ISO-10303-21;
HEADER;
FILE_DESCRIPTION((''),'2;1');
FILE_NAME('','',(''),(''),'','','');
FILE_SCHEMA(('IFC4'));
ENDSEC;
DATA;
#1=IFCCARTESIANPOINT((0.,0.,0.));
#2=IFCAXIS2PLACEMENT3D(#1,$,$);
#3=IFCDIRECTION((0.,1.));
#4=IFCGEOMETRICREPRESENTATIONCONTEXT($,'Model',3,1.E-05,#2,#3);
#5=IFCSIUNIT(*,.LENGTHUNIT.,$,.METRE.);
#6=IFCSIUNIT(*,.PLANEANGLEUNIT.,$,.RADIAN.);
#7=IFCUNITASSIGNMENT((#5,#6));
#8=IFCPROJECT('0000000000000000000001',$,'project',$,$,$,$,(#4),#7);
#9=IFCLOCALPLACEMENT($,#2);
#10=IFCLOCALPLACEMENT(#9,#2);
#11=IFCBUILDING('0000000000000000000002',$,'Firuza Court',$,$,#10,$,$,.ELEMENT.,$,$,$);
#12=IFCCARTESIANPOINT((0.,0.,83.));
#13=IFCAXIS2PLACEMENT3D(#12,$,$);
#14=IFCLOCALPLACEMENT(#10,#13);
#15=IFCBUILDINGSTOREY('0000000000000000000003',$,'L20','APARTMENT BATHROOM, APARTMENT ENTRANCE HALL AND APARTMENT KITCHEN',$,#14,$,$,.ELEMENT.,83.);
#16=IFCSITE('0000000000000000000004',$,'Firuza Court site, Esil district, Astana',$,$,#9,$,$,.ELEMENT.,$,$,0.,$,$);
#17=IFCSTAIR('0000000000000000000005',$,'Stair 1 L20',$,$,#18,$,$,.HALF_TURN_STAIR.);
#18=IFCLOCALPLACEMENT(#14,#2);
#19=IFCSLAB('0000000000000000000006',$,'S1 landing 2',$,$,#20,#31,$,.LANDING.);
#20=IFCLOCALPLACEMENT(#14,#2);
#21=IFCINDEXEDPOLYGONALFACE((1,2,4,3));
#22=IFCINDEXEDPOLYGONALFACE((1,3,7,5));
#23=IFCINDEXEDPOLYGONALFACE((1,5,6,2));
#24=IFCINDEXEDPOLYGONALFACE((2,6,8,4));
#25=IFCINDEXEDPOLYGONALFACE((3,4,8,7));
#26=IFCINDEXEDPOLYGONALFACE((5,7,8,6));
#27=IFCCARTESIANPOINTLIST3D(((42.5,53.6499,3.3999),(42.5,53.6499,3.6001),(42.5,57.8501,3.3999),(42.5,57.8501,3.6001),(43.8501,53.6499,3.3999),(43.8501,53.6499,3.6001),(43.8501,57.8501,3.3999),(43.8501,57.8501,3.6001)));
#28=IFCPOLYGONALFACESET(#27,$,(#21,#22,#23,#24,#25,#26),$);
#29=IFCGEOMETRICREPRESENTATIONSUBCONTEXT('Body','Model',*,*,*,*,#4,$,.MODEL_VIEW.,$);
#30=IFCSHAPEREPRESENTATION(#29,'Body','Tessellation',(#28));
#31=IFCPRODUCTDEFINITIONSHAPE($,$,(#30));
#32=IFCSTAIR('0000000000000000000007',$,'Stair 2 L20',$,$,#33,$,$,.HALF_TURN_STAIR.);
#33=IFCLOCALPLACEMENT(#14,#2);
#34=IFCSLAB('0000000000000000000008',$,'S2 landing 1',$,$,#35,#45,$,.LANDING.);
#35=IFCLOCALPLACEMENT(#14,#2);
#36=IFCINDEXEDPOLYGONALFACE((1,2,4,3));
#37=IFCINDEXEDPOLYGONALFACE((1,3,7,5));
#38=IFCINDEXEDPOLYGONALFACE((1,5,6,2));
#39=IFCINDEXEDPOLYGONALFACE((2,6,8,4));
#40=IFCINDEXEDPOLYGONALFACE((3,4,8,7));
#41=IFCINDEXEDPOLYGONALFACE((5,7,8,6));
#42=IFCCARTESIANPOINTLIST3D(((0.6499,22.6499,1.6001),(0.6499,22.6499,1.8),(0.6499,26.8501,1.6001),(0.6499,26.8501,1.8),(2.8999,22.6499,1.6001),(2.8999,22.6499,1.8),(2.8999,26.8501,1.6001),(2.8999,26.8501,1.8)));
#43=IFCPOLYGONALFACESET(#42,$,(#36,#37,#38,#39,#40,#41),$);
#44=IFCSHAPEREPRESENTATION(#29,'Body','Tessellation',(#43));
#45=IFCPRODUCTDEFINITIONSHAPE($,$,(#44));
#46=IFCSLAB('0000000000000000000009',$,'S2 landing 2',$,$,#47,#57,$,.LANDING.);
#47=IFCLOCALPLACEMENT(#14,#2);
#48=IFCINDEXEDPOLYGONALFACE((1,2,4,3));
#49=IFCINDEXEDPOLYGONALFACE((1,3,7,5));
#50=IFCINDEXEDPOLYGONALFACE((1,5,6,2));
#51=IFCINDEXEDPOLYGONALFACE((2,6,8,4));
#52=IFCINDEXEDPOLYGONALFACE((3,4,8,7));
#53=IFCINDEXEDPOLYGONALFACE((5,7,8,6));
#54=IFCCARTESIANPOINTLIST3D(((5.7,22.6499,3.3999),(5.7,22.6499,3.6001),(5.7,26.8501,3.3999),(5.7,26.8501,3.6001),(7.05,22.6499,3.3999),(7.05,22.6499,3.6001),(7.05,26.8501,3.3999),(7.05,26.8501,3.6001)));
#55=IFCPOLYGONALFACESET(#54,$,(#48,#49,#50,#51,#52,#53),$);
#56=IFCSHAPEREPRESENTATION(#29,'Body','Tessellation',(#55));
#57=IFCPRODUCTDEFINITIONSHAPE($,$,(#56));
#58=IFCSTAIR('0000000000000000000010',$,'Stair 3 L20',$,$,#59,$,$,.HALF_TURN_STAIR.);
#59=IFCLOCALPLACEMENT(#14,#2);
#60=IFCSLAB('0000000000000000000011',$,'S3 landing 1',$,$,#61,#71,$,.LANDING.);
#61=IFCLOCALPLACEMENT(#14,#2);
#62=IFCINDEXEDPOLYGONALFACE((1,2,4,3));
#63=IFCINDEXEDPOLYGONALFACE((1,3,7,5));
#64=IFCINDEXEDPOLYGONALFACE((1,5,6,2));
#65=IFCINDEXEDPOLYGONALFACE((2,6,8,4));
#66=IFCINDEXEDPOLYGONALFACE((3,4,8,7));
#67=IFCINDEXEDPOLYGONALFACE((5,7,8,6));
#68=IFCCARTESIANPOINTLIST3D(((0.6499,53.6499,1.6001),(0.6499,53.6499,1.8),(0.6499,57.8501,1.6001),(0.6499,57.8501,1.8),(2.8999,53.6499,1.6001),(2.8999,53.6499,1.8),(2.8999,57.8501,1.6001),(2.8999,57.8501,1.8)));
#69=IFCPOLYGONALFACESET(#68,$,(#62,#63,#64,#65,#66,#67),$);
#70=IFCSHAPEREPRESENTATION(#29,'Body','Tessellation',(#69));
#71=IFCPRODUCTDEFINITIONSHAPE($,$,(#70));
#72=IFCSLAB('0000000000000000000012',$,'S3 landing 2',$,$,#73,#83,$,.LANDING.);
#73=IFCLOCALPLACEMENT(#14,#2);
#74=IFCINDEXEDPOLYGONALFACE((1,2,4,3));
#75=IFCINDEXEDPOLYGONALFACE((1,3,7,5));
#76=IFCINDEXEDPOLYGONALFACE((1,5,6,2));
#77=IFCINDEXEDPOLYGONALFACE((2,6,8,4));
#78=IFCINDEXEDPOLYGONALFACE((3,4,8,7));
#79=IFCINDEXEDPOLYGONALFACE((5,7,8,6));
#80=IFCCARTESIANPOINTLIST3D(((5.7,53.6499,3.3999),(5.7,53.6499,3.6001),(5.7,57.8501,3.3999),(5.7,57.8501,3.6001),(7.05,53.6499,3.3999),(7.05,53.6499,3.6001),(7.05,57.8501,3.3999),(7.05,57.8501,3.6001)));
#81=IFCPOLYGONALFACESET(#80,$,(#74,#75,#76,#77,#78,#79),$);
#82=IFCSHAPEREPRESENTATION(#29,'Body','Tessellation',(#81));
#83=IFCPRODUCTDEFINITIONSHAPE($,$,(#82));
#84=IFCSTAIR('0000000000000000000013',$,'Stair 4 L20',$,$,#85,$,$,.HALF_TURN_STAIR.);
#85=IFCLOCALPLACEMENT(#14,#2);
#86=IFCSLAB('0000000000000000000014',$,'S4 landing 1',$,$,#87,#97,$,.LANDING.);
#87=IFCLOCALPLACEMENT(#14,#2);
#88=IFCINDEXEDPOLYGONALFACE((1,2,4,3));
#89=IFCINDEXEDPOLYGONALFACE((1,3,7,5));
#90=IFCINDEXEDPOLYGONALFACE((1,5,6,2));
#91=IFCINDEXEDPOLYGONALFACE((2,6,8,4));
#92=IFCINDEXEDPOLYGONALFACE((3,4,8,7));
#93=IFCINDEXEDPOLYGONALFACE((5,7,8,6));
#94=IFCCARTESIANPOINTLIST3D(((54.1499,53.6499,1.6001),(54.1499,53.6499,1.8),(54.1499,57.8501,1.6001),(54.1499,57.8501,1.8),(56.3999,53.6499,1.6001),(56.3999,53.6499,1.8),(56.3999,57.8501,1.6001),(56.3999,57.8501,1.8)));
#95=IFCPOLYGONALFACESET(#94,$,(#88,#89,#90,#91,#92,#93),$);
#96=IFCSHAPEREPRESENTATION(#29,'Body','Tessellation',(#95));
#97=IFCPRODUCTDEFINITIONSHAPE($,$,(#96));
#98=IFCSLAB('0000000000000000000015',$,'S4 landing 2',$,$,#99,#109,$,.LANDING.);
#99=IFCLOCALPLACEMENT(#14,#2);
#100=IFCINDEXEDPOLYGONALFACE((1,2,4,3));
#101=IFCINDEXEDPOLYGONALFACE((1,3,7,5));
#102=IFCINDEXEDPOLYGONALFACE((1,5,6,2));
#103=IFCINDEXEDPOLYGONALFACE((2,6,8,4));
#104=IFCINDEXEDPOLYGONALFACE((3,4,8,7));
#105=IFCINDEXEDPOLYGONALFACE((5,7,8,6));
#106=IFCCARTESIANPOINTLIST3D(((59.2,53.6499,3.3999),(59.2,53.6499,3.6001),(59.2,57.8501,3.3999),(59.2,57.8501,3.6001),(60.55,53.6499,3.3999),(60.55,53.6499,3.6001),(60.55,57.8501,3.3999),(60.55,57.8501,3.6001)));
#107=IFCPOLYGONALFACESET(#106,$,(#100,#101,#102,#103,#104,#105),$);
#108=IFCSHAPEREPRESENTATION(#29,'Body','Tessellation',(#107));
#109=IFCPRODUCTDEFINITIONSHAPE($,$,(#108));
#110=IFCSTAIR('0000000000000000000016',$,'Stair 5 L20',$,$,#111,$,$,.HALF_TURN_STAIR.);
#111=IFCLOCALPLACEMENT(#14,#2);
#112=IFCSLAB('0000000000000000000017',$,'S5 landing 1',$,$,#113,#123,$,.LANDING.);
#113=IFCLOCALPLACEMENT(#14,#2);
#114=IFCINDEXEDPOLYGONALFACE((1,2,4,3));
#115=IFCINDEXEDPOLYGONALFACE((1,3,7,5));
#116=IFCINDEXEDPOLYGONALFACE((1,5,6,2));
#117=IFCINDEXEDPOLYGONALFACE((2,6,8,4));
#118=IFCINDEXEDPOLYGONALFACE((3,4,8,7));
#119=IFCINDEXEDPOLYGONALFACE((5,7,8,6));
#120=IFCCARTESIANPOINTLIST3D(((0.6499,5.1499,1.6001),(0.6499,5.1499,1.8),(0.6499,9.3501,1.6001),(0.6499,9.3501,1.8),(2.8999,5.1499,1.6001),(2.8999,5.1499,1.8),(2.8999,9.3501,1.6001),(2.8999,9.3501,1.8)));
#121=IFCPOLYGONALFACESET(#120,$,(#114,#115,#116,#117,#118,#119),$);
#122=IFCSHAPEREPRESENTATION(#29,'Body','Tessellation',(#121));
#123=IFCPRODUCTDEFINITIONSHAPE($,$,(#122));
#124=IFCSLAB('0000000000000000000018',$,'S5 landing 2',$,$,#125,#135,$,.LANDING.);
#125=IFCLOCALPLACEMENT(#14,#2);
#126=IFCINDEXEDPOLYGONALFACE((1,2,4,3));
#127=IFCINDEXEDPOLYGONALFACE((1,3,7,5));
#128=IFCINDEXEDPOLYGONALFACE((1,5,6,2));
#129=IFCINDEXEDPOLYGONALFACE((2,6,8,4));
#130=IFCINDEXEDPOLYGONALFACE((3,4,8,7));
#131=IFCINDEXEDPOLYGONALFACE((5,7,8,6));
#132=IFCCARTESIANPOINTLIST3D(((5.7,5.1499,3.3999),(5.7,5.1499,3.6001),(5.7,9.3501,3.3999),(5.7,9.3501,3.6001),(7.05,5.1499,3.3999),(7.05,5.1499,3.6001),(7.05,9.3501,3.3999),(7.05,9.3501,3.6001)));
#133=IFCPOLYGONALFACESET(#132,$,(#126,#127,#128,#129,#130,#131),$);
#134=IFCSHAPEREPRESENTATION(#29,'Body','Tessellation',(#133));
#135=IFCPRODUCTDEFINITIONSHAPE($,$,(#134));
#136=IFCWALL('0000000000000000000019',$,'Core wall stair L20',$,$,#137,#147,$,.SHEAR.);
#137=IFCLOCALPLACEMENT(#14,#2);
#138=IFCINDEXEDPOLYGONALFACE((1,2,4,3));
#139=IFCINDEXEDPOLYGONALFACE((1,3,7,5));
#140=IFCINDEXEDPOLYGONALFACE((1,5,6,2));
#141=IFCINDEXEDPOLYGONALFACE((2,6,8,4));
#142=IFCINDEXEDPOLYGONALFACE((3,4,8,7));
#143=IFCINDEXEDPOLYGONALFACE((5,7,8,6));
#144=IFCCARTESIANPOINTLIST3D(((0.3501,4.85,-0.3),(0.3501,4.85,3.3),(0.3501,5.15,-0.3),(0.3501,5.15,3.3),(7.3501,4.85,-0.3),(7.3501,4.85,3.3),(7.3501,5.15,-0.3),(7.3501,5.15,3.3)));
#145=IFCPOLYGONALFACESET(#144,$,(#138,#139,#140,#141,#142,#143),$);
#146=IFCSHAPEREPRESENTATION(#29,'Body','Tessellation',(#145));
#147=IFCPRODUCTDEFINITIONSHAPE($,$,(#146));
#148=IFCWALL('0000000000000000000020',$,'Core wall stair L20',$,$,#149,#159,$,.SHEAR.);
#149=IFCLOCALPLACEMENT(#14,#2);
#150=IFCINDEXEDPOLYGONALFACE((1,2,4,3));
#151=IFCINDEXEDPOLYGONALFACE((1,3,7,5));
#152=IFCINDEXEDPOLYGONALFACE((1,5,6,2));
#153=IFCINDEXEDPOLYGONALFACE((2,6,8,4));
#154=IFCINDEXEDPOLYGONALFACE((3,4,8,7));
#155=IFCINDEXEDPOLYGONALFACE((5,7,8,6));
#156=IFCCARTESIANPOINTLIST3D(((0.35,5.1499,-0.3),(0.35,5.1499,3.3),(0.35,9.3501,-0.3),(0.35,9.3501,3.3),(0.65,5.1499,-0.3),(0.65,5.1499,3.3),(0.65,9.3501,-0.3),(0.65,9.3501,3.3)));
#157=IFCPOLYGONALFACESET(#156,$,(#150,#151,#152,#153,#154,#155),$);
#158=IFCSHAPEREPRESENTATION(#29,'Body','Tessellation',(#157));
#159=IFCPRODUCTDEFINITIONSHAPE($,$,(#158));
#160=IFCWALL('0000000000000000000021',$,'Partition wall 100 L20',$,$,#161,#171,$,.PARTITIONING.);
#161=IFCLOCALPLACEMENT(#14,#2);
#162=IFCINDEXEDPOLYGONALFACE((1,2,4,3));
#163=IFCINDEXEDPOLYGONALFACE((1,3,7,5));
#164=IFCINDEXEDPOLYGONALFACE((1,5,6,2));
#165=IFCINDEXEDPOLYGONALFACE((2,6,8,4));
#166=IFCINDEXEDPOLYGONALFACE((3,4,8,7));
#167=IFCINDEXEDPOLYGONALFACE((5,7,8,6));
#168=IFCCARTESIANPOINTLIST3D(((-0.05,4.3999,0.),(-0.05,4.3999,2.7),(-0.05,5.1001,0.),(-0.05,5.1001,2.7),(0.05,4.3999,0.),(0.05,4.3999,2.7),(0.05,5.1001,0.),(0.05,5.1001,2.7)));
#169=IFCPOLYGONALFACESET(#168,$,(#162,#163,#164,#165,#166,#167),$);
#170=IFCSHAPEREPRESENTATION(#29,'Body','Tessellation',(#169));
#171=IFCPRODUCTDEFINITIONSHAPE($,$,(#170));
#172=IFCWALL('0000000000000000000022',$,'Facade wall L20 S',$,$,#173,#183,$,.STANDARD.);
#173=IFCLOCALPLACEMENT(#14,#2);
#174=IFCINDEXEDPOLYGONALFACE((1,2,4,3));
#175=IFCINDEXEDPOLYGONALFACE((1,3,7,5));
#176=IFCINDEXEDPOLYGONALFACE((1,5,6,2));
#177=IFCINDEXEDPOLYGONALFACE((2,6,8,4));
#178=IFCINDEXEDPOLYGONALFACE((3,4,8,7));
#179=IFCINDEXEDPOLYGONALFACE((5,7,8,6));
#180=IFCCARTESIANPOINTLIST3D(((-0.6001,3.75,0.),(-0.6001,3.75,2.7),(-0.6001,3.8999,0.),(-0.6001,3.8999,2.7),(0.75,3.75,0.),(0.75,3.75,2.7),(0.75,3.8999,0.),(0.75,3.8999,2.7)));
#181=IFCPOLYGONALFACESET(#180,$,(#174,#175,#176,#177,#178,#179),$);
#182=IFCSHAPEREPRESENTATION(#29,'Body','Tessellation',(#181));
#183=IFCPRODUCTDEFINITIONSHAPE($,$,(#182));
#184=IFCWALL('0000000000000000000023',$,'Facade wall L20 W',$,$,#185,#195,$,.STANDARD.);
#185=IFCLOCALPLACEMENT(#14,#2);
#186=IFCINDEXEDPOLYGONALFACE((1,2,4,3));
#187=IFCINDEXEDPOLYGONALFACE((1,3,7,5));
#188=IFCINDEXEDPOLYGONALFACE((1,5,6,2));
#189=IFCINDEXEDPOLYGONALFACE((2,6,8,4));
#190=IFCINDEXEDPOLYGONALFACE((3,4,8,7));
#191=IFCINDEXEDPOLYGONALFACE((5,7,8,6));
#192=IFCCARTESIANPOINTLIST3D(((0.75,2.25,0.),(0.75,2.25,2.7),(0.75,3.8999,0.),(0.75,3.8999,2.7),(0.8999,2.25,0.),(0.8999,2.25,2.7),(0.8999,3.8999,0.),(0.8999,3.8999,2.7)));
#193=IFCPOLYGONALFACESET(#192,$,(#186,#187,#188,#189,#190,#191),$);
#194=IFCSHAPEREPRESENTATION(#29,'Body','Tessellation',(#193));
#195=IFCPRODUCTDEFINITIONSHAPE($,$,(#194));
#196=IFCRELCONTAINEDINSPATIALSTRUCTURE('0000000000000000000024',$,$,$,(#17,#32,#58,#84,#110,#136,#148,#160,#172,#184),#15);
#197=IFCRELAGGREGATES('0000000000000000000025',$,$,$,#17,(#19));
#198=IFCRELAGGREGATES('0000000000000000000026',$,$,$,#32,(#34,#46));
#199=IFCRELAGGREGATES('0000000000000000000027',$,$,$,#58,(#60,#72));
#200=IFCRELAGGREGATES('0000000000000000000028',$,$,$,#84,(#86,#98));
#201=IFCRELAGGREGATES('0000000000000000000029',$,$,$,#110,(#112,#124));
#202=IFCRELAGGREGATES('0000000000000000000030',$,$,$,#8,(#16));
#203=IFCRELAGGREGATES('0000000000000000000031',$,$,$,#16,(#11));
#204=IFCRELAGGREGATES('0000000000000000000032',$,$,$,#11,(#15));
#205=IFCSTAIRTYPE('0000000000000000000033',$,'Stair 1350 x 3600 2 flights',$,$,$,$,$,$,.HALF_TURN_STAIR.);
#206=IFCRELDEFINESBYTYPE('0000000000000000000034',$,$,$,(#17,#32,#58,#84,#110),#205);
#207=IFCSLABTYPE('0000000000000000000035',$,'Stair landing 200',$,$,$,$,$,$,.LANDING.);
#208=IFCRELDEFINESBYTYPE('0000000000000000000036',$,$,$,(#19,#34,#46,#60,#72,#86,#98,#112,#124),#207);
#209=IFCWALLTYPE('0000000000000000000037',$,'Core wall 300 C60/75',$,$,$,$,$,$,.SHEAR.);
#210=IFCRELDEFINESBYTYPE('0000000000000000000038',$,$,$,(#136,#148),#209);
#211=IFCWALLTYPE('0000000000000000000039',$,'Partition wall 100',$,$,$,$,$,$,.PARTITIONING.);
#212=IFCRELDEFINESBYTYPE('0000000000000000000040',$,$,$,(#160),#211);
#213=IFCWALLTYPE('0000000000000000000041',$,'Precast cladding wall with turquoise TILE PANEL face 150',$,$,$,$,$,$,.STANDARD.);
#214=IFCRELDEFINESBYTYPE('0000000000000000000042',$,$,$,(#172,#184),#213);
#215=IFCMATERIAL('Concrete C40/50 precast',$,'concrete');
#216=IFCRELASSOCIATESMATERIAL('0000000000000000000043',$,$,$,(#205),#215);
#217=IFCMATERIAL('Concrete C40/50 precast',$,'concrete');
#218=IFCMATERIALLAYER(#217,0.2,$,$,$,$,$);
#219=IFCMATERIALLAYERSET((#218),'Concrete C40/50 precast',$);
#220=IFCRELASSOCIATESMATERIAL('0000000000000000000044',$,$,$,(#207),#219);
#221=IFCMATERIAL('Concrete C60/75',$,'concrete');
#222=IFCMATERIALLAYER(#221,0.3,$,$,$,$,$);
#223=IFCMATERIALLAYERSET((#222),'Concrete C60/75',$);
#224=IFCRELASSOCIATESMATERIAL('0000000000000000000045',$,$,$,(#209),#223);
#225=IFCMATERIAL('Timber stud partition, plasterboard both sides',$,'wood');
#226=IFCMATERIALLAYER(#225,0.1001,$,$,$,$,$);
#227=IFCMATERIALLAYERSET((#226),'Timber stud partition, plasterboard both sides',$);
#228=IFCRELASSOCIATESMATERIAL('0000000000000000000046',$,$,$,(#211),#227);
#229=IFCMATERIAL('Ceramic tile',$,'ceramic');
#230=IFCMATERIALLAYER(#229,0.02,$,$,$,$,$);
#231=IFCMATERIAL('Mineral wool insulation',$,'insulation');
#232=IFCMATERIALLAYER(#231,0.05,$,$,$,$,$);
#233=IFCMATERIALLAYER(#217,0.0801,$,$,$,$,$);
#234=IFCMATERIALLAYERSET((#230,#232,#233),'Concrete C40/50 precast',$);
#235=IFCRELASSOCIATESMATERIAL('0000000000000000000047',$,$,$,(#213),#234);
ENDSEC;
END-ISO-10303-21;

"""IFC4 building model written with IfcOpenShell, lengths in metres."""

from ifc_helpers import new_model, si_unit, direction, frame, frame_2d, origin, place, context, subcontext, project, spatial, polyline, rectangle, outline, extrude, material, layer, layer_set, type_object, element, aggregate, save


model = new_model("IFC4")

# Units and contexts
model_context = context("Model", 3, precision=1e-05, world=origin(), true_north=direction((0.0, 1.0)))
body_context = subcontext(model_context, "Body", "Model", "MODEL_VIEW")
ifc_project = project(units=[si_unit("LENGTHUNIT", "METRE"), si_unit("PLANEANGLEUNIT", "RADIAN")], contexts=[model_context])

# Site, building, storey
site_placement = place(None, origin())
site = spatial("IfcSite", under=ifc_project, at=site_placement, Name="Firuza Court site, Esil district, Astana", CompositionType="ELEMENT", RefElevation=0.0)
building_placement = place(site_placement, origin())
building = spatial("IfcBuilding", under=site, at=building_placement, Name="Firuza Court", CompositionType="ELEMENT")
storey_placement = place(building_placement, frame((0.0, 0.0, 83.0)))
storey = spatial("IfcBuildingStorey", under=building, at=storey_placement, Name="L20", Description="APARTMENT BATHROOM, APARTMENT ENTRANCE HALL AND APARTMENT KITCHEN", CompositionType="ELEMENT", Elevation=83.0)

# Stairs, slabs
ifc_material_1 = material(Name="Concrete C40/50 precast", Category="concrete")
stair_type = type_object("IfcStairType", Name="Stair 1350 x 3600 2 flights", PredefinedType="HALF_TURN_STAIR", material=ifc_material_1)
stair_1_placement = place(storey_placement, origin())
stair_1 = element("IfcStair", 1, at=stair_1_placement, inside=storey, type_object=stair_type, Name="Stair 1 L20", PredefinedType="HALF_TURN_STAIR")
ifc_material_2 = material(Name="Concrete C40/50 precast", Category="concrete")
ifc_layer_1 = layer(ifc_material_2, 0.2)
ifc_layer_set_1 = layer_set([ifc_layer_1], Name="Concrete C40/50 precast")
slab_type_1 = type_object("IfcSlabType", Name="Stair landing 200", PredefinedType="LANDING", material=ifc_layer_set_1)
slab_1_placement = place(storey_placement, frame((0.0, 0.0, 3.3999)))
slab_1 = element("IfcSlab", 2, at=slab_1_placement, type_object=slab_type_1, Name="S1 landing 2", PredefinedType="LANDING", context=body_context, shape_type="SweptSolid", body=[
    extrude(outline(polyline([(43.8501, 53.6499), (43.8501, 57.8501), (42.5, 57.8501), (42.5, 53.6499), (43.8501, 53.6499)])), origin(), (0.0, 0.0, 1.0), 0.2002),
])
aggregate(stair_1, [slab_1])
stair_2_placement = place(storey_placement, origin())
stair_2 = element("IfcStair", 3, at=stair_2_placement, inside=storey, type_object=stair_type, Name="Stair 2 L20", PredefinedType="HALF_TURN_STAIR")
slab_2_placement = place(storey_placement, frame((0.0, 0.0, 1.6001)))
slab_2 = element("IfcSlab", 4, at=slab_2_placement, type_object=slab_type_1, Name="S2 landing 1", PredefinedType="LANDING", context=body_context, shape_type="SweptSolid", body=[
    extrude(outline(polyline([(2.8999, 22.6499), (2.8999, 26.8501), (0.6499, 26.8501), (0.6499, 22.6499), (2.8999, 22.6499)])), origin(), (0.0, 0.0, 1.0), 0.2),
])
slab_3_placement = place(storey_placement, frame((0.0, 0.0, 3.3999)))
slab_3 = element("IfcSlab", 5, at=slab_3_placement, type_object=slab_type_1, Name="S2 landing 2", PredefinedType="LANDING", context=body_context, shape_type="SweptSolid", body=[
    extrude(outline(polyline([(7.05, 22.6499), (7.05, 26.8501), (5.7, 26.8501), (5.7, 22.6499), (7.05, 22.6499)])), origin(), (0.0, 0.0, 1.0), 0.2002),
])
aggregate(stair_2, [slab_2, slab_3])
stair_3_placement = place(storey_placement, origin())
stair_3 = element("IfcStair", 6, at=stair_3_placement, inside=storey, type_object=stair_type, Name="Stair 3 L20", PredefinedType="HALF_TURN_STAIR")
slab_4_placement = place(storey_placement, frame((0.0, 0.0, 1.6001)))
slab_4 = element("IfcSlab", 7, at=slab_4_placement, type_object=slab_type_1, Name="S3 landing 1", PredefinedType="LANDING", context=body_context, shape_type="SweptSolid", body=[
    extrude(outline(polyline([(2.8999, 53.6499), (2.8999, 57.8501), (0.6499, 57.8501), (0.6499, 53.6499), (2.8999, 53.6499)])), origin(), (0.0, 0.0, 1.0), 0.2),
])
slab_5_placement = place(storey_placement, frame((0.0, 0.0, 3.3999)))
slab_5 = element("IfcSlab", 8, at=slab_5_placement, type_object=slab_type_1, Name="S3 landing 2", PredefinedType="LANDING", context=body_context, shape_type="SweptSolid", body=[
    extrude(outline(polyline([(7.05, 53.6499), (7.05, 57.8501), (5.7, 57.8501), (5.7, 53.6499), (7.05, 53.6499)])), origin(), (0.0, 0.0, 1.0), 0.2002),
])
aggregate(stair_3, [slab_4, slab_5])
stair_4_placement = place(storey_placement, origin())
stair_4 = element("IfcStair", 9, at=stair_4_placement, inside=storey, type_object=stair_type, Name="Stair 4 L20", PredefinedType="HALF_TURN_STAIR")
slab_6_placement = place(storey_placement, frame((0.0, 0.0, 1.6001)))
slab_6 = element("IfcSlab", 10, at=slab_6_placement, type_object=slab_type_1, Name="S4 landing 1", PredefinedType="LANDING", context=body_context, shape_type="SweptSolid", body=[
    extrude(outline(polyline([(56.3999, 53.6499), (56.3999, 57.8501), (54.1499, 57.8501), (54.1499, 53.6499), (56.3999, 53.6499)])), origin(), (0.0, 0.0, 1.0), 0.2),
])
slab_7_placement = place(storey_placement, frame((0.0, 0.0, 3.3999)))
slab_7 = element("IfcSlab", 11, at=slab_7_placement, type_object=slab_type_1, Name="S4 landing 2", PredefinedType="LANDING", context=body_context, shape_type="SweptSolid", body=[
    extrude(outline(polyline([(60.55, 53.6499), (60.55, 57.8501), (59.2, 57.8501), (59.2, 53.6499), (60.55, 53.6499)])), origin(), (0.0, 0.0, 1.0), 0.2002),
])
aggregate(stair_4, [slab_6, slab_7])
stair_5_placement = place(storey_placement, origin())
stair_5 = element("IfcStair", 12, at=stair_5_placement, inside=storey, type_object=stair_type, Name="Stair 5 L20", PredefinedType="HALF_TURN_STAIR")
slab_8_placement = place(storey_placement, frame((0.0, 0.0, 1.6001)))
slab_8 = element("IfcSlab", 13, at=slab_8_placement, type_object=slab_type_1, Name="S5 landing 1", PredefinedType="LANDING", context=body_context, shape_type="SweptSolid", body=[
    extrude(outline(polyline([(2.8999, 5.1499), (2.8999, 9.3501), (0.6499, 9.3501), (0.6499, 5.1499), (2.8999, 5.1499)])), origin(), (0.0, 0.0, 1.0), 0.2),
])
slab_9_placement = place(storey_placement, frame((0.0, 0.0, 3.3999)))
slab_9 = element("IfcSlab", 14, at=slab_9_placement, type_object=slab_type_1, Name="S5 landing 2", PredefinedType="LANDING", context=body_context, shape_type="SweptSolid", body=[
    extrude(outline(polyline([(7.05, 5.1499), (7.05, 9.3501), (5.7, 9.3501), (5.7, 5.1499), (7.05, 5.1499)])), origin(), (0.0, 0.0, 1.0), 0.2002),
])
aggregate(stair_5, [slab_8, slab_9])

# Walls
ifc_material_3 = material(Name="Concrete C60/75", Category="concrete")
ifc_layer_2 = layer(ifc_material_3, 0.3)
ifc_layer_set_2 = layer_set([ifc_layer_2], Name="Concrete C60/75")
wall_type_1 = type_object("IfcWallType", Name="Core wall 300 C60/75", PredefinedType="SHEAR", material=ifc_layer_set_2)
wall_1_placement = place(storey_placement, frame((0.3501, 5.0, -0.3), z_axis=(0.0, 0.0, 1.0), x_axis=(1.0, 0.0, 0.0)))
element("IfcWall", 15, at=wall_1_placement, inside=storey, type_object=wall_type_1, Name="Core wall stair L20", PredefinedType="SHEAR", context=body_context, shape_type="SweptSolid", body=[
    extrude(rectangle(XDim=7.0, YDim=0.3, at=frame_2d((3.5, 0.0))), origin(), (0.0, 0.0, 1.0), 3.6001),
])
wall_2_placement = place(storey_placement, frame((0.5, 5.1499, -0.3), z_axis=(0.0, 0.0, 1.0), x_axis=(0.0, 1.0, 0.0)))
element("IfcWall", 16, at=wall_2_placement, inside=storey, type_object=wall_type_1, Name="Core wall stair L20", PredefinedType="SHEAR", context=body_context, shape_type="SweptSolid", body=[
    extrude(rectangle(XDim=4.2002, YDim=0.3, at=frame_2d((2.1001, 0.0))), origin(), (0.0, 0.0, 1.0), 3.6001),
])
ifc_material_4 = material(Name="Timber stud partition, plasterboard both sides", Category="wood")
ifc_layer_3 = layer(ifc_material_4, 0.1001)
ifc_layer_set_3 = layer_set([ifc_layer_3], Name="Timber stud partition, plasterboard both sides")
wall_type_2 = type_object("IfcWallType", Name="Partition wall 100", PredefinedType="PARTITIONING", material=ifc_layer_set_3)
wall_3_placement = place(storey_placement, frame((0.0, 4.3999, 0.0), z_axis=(0.0, 0.0, 1.0), x_axis=(0.0, 1.0, 0.0)))
element("IfcWall", 17, at=wall_3_placement, inside=storey, type_object=wall_type_2, Name="Partition wall 100 L20", PredefinedType="PARTITIONING", context=body_context, shape_type="SweptSolid", body=[
    extrude(rectangle(XDim=0.7002, YDim=0.1001, at=frame_2d((0.3501, 0.0))), origin(), (0.0, 0.0, 1.0), 2.7),
])
ifc_material_5 = material(Name="Ceramic tile", Category="ceramic")
ifc_layer_4 = layer(ifc_material_5, 0.02)
ifc_material_6 = material(Name="Mineral wool insulation", Category="insulation")
ifc_layer_5 = layer(ifc_material_6, 0.05)
ifc_layer_6 = layer(ifc_material_2, 0.0801)
ifc_layer_set_4 = layer_set([ifc_layer_4, ifc_layer_5, ifc_layer_6], Name="Concrete C40/50 precast")
wall_type_3 = type_object("IfcWallType", Name="Precast cladding wall with turquoise TILE PANEL face 150", PredefinedType="STANDARD", material=ifc_layer_set_4)
wall_4_placement = place(storey_placement, frame((-0.6001, 3.825, 0.0), z_axis=(0.0, 0.0, 1.0), x_axis=(1.0, 0.0, 0.0)))
element("IfcWall", 18, at=wall_4_placement, inside=storey, type_object=wall_type_3, Name="Facade wall L20 S", PredefinedType="STANDARD", context=body_context, shape_type="SweptSolid", body=[
    extrude(rectangle(XDim=1.3501, YDim=0.1499, at=frame_2d((0.675, 0.0))), origin(), (0.0, 0.0, 1.0), 2.7),
])
wall_5_placement = place(storey_placement, frame((0.825, 3.8999, 0.0), z_axis=(0.0, 0.0, 1.0), x_axis=(0.0, -1.0, 0.0)))
element("IfcWall", 19, at=wall_5_placement, inside=storey, type_object=wall_type_3, Name="Facade wall L20 W", PredefinedType="STANDARD", context=body_context, shape_type="SweptSolid", body=[
    extrude(rectangle(XDim=1.6499, YDim=0.1499, at=frame_2d((0.825, 0.0))), origin(), (0.0, 0.0, 1.0), 2.7),
])

save(model, "model.ifc")
